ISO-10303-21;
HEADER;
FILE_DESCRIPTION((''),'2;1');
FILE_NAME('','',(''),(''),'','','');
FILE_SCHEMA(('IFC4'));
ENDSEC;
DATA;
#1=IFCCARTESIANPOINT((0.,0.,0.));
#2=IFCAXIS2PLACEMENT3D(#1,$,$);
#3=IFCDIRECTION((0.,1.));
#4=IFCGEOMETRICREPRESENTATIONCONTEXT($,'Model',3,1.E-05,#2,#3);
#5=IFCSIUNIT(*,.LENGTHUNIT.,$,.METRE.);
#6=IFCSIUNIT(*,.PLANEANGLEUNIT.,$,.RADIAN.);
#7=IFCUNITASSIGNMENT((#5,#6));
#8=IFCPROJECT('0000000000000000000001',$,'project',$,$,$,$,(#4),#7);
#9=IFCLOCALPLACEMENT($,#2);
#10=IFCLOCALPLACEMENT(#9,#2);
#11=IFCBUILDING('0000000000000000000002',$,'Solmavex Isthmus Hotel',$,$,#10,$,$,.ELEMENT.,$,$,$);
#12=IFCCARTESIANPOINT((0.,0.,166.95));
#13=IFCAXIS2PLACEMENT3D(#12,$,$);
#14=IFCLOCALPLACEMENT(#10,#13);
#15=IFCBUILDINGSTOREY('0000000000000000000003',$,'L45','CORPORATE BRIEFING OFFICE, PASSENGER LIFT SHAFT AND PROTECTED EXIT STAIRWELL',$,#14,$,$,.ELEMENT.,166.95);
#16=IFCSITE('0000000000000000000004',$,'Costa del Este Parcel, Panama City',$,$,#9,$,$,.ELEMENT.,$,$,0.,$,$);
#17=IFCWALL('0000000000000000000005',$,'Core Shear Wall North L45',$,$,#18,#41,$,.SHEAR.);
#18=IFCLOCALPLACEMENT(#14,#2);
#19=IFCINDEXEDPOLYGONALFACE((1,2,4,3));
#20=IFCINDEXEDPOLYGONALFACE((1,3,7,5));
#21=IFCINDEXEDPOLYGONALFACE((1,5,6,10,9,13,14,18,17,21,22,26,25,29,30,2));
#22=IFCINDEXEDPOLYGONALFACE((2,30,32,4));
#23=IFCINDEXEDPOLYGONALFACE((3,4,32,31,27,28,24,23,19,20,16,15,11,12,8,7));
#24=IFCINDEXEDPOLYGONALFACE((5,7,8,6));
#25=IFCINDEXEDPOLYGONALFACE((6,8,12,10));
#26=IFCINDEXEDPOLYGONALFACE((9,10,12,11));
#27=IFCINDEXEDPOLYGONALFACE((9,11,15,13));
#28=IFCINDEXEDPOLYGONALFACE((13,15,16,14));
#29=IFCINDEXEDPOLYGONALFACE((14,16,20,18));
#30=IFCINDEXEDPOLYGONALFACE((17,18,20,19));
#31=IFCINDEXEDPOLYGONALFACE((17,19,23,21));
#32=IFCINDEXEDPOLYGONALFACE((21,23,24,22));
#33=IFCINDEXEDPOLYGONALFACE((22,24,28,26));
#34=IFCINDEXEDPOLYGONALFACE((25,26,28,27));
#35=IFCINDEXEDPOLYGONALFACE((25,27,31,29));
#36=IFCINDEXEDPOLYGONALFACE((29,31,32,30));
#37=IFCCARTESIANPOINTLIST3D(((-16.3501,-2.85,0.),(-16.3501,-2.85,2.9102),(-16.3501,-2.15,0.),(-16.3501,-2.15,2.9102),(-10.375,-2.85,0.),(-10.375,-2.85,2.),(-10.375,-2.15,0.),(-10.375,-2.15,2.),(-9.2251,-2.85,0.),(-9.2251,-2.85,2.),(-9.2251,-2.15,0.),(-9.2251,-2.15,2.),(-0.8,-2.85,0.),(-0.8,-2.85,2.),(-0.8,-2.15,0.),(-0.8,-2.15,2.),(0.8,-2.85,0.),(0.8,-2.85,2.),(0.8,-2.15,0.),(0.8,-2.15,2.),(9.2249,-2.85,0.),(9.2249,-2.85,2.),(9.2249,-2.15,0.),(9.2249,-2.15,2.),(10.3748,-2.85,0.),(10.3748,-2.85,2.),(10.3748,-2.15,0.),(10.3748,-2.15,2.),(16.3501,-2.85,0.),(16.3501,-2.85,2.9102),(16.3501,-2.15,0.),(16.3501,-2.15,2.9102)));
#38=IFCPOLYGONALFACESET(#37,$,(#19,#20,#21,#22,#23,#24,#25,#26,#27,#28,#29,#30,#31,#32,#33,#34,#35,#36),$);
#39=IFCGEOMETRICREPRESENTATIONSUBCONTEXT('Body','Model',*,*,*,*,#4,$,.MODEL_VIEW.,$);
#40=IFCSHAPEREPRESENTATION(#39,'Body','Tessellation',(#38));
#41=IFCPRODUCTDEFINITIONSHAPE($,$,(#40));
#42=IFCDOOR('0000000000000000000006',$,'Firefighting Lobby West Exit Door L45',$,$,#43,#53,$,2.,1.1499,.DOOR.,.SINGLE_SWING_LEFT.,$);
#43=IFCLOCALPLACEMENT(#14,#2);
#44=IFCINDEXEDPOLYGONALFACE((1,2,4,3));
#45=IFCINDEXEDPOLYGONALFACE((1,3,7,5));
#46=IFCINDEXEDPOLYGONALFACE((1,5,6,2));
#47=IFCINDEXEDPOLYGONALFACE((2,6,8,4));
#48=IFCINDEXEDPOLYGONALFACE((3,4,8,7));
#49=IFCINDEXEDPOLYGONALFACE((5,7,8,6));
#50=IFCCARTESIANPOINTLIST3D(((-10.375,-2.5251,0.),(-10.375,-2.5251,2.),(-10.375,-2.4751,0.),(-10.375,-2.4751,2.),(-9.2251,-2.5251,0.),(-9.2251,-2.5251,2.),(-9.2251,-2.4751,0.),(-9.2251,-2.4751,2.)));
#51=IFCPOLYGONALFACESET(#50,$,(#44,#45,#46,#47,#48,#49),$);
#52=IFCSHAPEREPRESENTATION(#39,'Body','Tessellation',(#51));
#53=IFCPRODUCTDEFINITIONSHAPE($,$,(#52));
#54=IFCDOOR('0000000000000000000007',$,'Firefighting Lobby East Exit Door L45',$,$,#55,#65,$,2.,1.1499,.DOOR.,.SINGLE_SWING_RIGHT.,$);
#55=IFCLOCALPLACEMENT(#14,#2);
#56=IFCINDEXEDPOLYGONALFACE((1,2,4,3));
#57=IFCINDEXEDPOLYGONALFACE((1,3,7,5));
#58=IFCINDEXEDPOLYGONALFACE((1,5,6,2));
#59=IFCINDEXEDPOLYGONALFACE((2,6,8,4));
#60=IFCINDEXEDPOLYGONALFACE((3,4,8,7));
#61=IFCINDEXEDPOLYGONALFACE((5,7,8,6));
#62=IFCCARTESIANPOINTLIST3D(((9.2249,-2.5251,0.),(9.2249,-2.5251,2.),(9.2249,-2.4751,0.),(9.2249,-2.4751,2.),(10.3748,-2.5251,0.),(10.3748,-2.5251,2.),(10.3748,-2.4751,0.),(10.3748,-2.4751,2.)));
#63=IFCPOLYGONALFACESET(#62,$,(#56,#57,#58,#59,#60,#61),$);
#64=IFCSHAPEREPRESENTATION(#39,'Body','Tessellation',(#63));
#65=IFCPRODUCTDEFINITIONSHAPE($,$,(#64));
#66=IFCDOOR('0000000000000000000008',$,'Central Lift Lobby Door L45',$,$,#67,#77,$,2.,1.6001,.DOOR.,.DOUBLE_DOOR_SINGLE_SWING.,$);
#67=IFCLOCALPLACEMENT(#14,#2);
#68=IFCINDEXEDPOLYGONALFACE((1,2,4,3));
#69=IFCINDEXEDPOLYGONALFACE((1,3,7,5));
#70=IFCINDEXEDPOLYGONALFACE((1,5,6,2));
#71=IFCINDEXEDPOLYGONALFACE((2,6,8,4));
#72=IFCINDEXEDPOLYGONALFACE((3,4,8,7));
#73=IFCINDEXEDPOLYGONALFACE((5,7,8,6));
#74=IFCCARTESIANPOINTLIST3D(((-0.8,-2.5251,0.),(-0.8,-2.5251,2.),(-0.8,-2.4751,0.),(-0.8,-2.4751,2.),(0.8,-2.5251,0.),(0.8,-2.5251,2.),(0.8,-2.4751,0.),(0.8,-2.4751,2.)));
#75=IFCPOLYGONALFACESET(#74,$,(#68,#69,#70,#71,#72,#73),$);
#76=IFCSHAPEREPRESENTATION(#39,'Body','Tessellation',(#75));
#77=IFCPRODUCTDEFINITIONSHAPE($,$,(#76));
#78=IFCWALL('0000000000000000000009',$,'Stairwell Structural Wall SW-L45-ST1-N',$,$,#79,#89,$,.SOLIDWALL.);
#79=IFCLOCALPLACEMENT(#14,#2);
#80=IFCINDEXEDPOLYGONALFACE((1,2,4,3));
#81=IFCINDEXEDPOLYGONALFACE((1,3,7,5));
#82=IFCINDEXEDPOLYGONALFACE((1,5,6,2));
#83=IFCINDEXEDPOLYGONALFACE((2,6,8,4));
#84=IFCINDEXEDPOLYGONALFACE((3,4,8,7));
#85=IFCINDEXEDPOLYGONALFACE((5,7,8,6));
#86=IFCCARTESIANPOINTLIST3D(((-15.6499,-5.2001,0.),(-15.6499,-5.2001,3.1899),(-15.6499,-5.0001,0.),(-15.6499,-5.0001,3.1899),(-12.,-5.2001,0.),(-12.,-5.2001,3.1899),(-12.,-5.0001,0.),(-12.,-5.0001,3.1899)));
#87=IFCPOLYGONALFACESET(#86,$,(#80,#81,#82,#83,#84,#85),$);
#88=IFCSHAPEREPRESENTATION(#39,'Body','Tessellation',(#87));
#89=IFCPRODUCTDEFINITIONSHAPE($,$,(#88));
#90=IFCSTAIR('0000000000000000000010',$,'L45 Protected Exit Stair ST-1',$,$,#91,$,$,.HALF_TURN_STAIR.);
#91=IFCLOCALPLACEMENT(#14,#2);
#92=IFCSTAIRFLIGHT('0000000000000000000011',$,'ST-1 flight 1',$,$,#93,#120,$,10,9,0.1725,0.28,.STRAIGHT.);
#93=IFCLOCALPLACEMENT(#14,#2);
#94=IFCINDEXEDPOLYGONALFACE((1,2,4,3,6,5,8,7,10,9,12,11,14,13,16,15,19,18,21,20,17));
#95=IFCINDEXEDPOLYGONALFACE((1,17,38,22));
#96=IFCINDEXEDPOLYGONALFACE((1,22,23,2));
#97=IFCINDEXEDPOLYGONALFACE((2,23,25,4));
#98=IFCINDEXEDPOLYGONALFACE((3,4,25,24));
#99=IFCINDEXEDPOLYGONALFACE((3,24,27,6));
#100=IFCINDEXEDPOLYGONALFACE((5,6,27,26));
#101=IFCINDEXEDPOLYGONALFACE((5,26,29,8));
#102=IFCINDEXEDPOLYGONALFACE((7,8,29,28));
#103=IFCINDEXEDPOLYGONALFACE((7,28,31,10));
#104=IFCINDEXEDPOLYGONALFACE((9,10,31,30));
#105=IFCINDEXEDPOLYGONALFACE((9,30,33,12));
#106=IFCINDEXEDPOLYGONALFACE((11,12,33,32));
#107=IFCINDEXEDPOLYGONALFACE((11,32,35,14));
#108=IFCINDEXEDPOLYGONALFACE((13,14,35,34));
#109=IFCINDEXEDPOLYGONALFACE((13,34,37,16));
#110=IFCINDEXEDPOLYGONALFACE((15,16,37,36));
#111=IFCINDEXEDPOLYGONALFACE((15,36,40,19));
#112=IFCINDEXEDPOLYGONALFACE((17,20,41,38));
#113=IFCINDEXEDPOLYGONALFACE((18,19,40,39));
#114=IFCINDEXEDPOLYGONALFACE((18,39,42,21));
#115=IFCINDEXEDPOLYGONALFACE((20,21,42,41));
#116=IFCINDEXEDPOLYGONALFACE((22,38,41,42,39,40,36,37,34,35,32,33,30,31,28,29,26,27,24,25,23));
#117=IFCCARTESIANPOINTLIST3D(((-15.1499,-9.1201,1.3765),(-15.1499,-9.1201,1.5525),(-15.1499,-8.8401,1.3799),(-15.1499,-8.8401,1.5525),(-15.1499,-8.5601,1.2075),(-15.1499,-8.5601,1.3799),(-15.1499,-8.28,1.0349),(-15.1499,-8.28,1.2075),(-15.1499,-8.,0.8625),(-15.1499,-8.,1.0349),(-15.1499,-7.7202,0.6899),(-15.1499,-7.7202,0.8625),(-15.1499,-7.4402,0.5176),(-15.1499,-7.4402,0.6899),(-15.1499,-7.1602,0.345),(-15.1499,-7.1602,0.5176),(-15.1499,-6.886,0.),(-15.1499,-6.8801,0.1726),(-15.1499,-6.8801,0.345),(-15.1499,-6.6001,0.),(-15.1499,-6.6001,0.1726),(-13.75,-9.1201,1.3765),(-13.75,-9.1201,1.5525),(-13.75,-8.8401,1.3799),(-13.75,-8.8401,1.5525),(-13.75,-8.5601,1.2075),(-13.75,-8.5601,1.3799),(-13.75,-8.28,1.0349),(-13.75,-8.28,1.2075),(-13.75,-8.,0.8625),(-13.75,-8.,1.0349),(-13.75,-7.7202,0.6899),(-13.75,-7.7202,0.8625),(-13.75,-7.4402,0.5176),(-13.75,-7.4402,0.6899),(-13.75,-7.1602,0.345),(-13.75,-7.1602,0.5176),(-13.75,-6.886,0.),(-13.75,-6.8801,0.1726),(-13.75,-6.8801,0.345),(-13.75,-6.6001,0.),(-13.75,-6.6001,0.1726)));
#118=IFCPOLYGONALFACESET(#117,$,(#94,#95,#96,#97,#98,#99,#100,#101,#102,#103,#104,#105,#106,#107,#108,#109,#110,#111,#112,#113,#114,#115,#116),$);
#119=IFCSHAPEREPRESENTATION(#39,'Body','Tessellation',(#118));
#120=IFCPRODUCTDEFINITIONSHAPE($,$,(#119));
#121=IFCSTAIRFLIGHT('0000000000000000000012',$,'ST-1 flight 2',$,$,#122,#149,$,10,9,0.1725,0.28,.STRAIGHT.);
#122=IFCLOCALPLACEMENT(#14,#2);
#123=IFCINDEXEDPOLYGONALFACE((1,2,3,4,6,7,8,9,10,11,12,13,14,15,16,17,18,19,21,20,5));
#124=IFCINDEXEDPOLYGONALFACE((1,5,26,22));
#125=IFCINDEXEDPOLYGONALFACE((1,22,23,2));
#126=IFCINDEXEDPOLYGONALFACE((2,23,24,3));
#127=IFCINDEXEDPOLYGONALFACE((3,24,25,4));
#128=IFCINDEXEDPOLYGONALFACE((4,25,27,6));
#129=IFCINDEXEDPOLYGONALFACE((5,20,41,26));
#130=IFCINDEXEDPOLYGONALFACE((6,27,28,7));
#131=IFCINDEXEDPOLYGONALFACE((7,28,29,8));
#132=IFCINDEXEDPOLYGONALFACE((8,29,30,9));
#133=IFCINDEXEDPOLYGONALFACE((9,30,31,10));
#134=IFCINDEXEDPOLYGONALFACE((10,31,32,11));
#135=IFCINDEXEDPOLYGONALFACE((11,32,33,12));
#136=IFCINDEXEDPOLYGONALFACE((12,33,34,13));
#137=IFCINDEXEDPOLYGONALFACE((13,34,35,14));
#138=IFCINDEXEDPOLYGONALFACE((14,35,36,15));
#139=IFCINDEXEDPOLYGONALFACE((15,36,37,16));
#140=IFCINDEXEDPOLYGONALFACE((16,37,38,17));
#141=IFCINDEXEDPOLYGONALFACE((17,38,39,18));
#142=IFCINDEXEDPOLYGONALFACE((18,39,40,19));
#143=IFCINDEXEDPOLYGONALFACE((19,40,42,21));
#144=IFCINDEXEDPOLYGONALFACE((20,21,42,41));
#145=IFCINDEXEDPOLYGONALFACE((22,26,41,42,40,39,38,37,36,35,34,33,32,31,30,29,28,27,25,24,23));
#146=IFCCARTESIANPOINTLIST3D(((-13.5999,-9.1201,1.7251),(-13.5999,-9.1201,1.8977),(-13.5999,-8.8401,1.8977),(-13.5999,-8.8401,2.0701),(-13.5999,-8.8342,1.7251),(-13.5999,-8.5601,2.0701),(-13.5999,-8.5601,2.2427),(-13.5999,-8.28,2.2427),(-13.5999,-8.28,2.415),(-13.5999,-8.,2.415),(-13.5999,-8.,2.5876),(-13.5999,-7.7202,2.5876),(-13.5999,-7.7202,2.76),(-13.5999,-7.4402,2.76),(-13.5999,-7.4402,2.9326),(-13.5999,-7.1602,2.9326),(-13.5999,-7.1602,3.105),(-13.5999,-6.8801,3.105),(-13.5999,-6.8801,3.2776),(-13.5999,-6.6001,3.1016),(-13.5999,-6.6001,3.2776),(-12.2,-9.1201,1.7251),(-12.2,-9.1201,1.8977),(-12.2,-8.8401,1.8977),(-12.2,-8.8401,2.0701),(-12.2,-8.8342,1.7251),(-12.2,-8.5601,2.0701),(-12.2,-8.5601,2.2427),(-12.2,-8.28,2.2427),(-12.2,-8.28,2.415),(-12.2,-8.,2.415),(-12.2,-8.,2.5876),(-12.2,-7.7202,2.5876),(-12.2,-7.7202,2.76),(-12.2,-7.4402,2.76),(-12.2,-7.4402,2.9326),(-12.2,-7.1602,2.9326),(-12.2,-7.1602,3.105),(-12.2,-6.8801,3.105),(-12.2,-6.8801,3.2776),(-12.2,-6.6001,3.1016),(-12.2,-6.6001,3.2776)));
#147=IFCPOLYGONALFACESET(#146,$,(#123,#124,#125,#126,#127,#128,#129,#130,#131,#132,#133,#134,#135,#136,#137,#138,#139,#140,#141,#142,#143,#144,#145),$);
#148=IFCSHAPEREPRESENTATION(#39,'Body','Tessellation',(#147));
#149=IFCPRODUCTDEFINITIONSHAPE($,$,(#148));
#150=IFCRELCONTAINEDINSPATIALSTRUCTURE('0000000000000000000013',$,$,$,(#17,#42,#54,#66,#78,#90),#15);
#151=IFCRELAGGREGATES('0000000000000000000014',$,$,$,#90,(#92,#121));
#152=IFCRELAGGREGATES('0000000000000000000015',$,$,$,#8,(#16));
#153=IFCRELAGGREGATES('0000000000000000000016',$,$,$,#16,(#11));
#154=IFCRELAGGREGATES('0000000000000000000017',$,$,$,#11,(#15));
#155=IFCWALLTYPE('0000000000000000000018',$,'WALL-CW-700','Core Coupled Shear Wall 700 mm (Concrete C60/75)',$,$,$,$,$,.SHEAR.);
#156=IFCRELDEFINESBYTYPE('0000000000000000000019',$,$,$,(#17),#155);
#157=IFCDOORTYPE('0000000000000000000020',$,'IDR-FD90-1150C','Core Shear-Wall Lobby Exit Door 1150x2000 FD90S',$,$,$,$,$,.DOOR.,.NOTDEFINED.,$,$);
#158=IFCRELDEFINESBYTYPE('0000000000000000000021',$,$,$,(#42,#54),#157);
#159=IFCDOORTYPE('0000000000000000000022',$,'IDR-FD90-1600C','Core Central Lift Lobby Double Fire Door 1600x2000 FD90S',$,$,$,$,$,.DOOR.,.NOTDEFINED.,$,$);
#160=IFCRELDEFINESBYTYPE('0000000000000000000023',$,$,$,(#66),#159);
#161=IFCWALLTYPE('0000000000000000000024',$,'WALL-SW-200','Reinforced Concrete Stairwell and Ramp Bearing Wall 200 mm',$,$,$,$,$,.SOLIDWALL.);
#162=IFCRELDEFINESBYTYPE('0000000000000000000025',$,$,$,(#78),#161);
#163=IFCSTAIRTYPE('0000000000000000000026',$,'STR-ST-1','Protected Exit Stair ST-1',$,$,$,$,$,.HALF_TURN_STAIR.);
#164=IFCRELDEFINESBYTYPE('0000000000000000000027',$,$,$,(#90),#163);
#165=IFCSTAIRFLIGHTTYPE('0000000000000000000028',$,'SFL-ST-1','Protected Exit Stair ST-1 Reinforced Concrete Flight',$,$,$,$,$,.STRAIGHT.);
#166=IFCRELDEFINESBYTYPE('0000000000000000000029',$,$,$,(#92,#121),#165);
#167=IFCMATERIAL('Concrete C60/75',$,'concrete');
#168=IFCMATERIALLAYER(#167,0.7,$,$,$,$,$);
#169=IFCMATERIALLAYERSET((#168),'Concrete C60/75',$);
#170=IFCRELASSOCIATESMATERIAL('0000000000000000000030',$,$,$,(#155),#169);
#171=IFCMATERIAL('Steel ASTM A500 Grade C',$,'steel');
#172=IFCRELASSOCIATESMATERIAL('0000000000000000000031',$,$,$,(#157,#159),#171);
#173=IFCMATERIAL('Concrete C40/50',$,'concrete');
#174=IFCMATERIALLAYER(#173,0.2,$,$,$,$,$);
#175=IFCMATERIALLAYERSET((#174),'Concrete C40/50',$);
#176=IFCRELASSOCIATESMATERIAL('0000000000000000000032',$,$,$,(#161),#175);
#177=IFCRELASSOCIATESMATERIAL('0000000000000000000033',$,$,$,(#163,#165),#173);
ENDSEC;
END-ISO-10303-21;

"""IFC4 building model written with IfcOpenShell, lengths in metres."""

from ifc_helpers import new_model, si_unit, direction, frame, frame_2d, origin, place, context, subcontext, project, spatial, polyline, rectangle, outline, extrude, material, layer, layer_set, type_object, element, fill, aggregate, save


model = new_model("IFC4")

# Units and contexts
model_context = context("Model", 3, precision=1e-05, world=origin(), true_north=direction((0.0, 1.0)))
body_context = subcontext(model_context, "Body", "Model", "MODEL_VIEW")
ifc_project = project(units=[si_unit("LENGTHUNIT", "METRE"), si_unit("PLANEANGLEUNIT", "RADIAN")], contexts=[model_context])

# Site, building, storey
site_placement = place(None, origin())
site = spatial("IfcSite", under=ifc_project, at=site_placement, Name="Costa del Este Parcel, Panama City", CompositionType="ELEMENT", RefElevation=0.0)
building_placement = place(site_placement, origin())
building = spatial("IfcBuilding", under=site, at=building_placement, Name="Solmavex Isthmus Hotel", CompositionType="ELEMENT")
storey_placement = place(building_placement, frame((0.0, 0.0, 166.95)))
storey = spatial("IfcBuildingStorey", under=building, at=storey_placement, Name="L45", Description="CORPORATE BRIEFING OFFICE, PASSENGER LIFT SHAFT AND PROTECTED EXIT STAIRWELL", CompositionType="ELEMENT", Elevation=166.95)

# Shared definitions
ifc_material_1 = material(Name="Concrete C60/75", Category="concrete")

# Wall, openings, doors
ifc_layer_1 = layer(ifc_material_1, 0.7)
ifc_layer_set_1 = layer_set([ifc_layer_1], Name="Concrete C60/75")
wall_type_1 = type_object("IfcWallType", Name="WALL-CW-700", Description="Core Coupled Shear Wall 700 mm (Concrete C60/75)", PredefinedType="SHEAR", material=ifc_layer_set_1)
wall_1_placement = place(storey_placement, frame((-16.3501, -2.5, 0.0), z_axis=(0.0, 0.0, 1.0), x_axis=(1.0, 0.0, 0.0)))
wall_1 = element("IfcWall", 1, at=wall_1_placement, inside=storey, type_object=wall_type_1, Name="Core Shear Wall North L45", PredefinedType="SHEAR", context=body_context, shape_type="SweptSolid", body=[
    extrude(rectangle(XDim=32.7002, YDim=0.7, at=frame_2d((16.3501, 0.0))), origin(), (0.0, 0.0, 1.0), 2.9102),
])
opening_1_placement = place(wall_1_placement, frame((5.9751, 0.0, 0.0)))
opening_1 = element("IfcOpeningElement", 2, at=opening_1_placement, cuts=wall_1, PredefinedType="OPENING", context=body_context, shape_type="SweptSolid", body=[
    extrude(rectangle(XDim=1.1499, YDim=2.0, at=frame_2d((0.575, 1.0))), frame((0.0, 0.3599, 0.0), z_axis=(0.0, -1.0, 0.0), x_axis=(1.0, 0.0, 0.0)), (0.0, 0.0, 1.0), 0.72),
])
opening_2_placement = place(wall_1_placement, frame((15.55, 0.0, 0.0)))
opening_2 = element("IfcOpeningElement", 3, at=opening_2_placement, cuts=wall_1, PredefinedType="OPENING", context=body_context, shape_type="SweptSolid", body=[
    extrude(rectangle(XDim=1.6001, YDim=2.0, at=frame_2d((0.8, 1.0))), frame((0.0, 0.3599, 0.0), z_axis=(0.0, -1.0, 0.0), x_axis=(1.0, 0.0, 0.0)), (0.0, 0.0, 1.0), 0.72),
])
opening_3_placement = place(wall_1_placement, frame((25.575, 0.0, 0.0)))
opening_3 = element("IfcOpeningElement", 4, at=opening_3_placement, cuts=wall_1, PredefinedType="OPENING", context=body_context, shape_type="SweptSolid", body=[
    extrude(rectangle(XDim=1.1499, YDim=2.0, at=frame_2d((0.575, 1.0))), frame((0.0, 0.3599, 0.0), z_axis=(0.0, -1.0, 0.0), x_axis=(1.0, 0.0, 0.0)), (0.0, 0.0, 1.0), 0.72),
])
ifc_material_2 = material(Name="Steel ASTM A500 Grade C", Category="steel")
door_type_1 = type_object("IfcDoorType", Name="IDR-FD90-1150C", Description="Core Shear-Wall Lobby Exit Door 1150x2000 FD90S", OperationType="NOTDEFINED", PredefinedType="DOOR", material=ifc_material_2)
door_1_placement = place(opening_1_placement, origin())
door_1 = element("IfcDoor", 5, at=door_1_placement, inside=storey, type_object=door_type_1, Name="Firefighting Lobby West Exit Door L45", OperationType="SINGLE_SWING_LEFT", OverallHeight=2.0, OverallWidth=1.1499, PredefinedType="DOOR", context=body_context, shape_type="SweptSolid", body=[
    extrude(rectangle(XDim=1.1499, YDim=2.0, at=frame_2d((0.575, 1.0))), frame((0.0, 0.0249, 0.0), z_axis=(0.0, -1.0, 0.0), x_axis=(1.0, 0.0, 0.0)), (0.0, 0.0, 1.0), 0.05),
])
fill(opening_1, door_1)
door_2_placement = place(opening_3_placement, origin())
door_2 = element("IfcDoor", 6, at=door_2_placement, inside=storey, type_object=door_type_1, Name="Firefighting Lobby East Exit Door L45", OperationType="SINGLE_SWING_RIGHT", OverallHeight=2.0, OverallWidth=1.1499, PredefinedType="DOOR", context=body_context, shape_type="SweptSolid", body=[
    extrude(rectangle(XDim=1.1499, YDim=2.0, at=frame_2d((0.575, 1.0))), frame((0.0, 0.0249, 0.0), z_axis=(0.0, -1.0, 0.0), x_axis=(1.0, 0.0, 0.0)), (0.0, 0.0, 1.0), 0.05),
])
fill(opening_3, door_2)
door_type_2 = type_object("IfcDoorType", Name="IDR-FD90-1600C", Description="Core Central Lift Lobby Double Fire Door 1600x2000 FD90S", OperationType="NOTDEFINED", PredefinedType="DOOR", material=ifc_material_2)
door_3_placement = place(opening_2_placement, origin())
door_3 = element("IfcDoor", 7, at=door_3_placement, inside=storey, type_object=door_type_2, Name="Central Lift Lobby Door L45", OperationType="DOUBLE_DOOR_SINGLE_SWING", OverallHeight=2.0, OverallWidth=1.6001, PredefinedType="DOOR", context=body_context, shape_type="SweptSolid", body=[
    extrude(rectangle(XDim=1.6001, YDim=2.0, at=frame_2d((0.8, 1.0))), frame((0.0, 0.0249, 0.0), z_axis=(0.0, -1.0, 0.0), x_axis=(1.0, 0.0, 0.0)), (0.0, 0.0, 1.0), 0.05),
])
fill(opening_2, door_3)

# Wall
ifc_material_3 = material(Name="Concrete C40/50", Category="concrete")
ifc_layer_2 = layer(ifc_material_3, 0.2)
ifc_layer_set_2 = layer_set([ifc_layer_2], Name="Concrete C40/50")
wall_type_2 = type_object("IfcWallType", Name="WALL-SW-200", Description="Reinforced Concrete Stairwell and Ramp Bearing Wall 200 mm", PredefinedType="SOLIDWALL", material=ifc_layer_set_2)
wall_2_placement = place(storey_placement, frame((-15.6499, -5.1001, 0.0), z_axis=(0.0, 0.0, 1.0), x_axis=(1.0, 0.0, 0.0)))
element("IfcWall", 8, at=wall_2_placement, inside=storey, type_object=wall_type_2, Name="Stairwell Structural Wall SW-L45-ST1-N", PredefinedType="SOLIDWALL", context=body_context, shape_type="SweptSolid", body=[
    extrude(rectangle(XDim=3.6499, YDim=0.2, at=frame_2d((1.825, 0.0))), origin(), (0.0, 0.0, 1.0), 3.1899),
])

# Stair, stair flights
stair_type = type_object("IfcStairType", Name="STR-ST-1", Description="Protected Exit Stair ST-1", PredefinedType="HALF_TURN_STAIR", material=ifc_material_3)
stair_placement = place(storey_placement, origin())
stair = element("IfcStair", 9, at=stair_placement, inside=storey, type_object=stair_type, Name="L45 Protected Exit Stair ST-1", PredefinedType="HALF_TURN_STAIR")
stair_flight_type = type_object("IfcStairFlightType", Name="SFL-ST-1", Description="Protected Exit Stair ST-1 Reinforced Concrete Flight", PredefinedType="STRAIGHT", material=ifc_material_3)
stair_flight_1_placement = place(storey_placement, frame((-14.45, -6.6001, 0.0), z_axis=(0.0, 0.0, 1.0), x_axis=(0.0, -1.0, 0.0)))
stair_flight_1 = element("IfcStairFlight", 10, at=stair_flight_1_placement, type_object=stair_flight_type, Name="ST-1 flight 1", NumberOfRisers=10, NumberOfTreads=9, PredefinedType="STRAIGHT", RiserHeight=0.1725, TreadLength=0.28, context=body_context, shape_type="SweptSolid", body=[
    extrude(outline(polyline([(0.0, 0.0), (0.0, 0.1726), (0.28, 0.1726), (0.28, 0.345), (0.5601, 0.345), (0.5601, 0.5176), (0.8401, 0.5176), (0.8401, 0.6899), (1.1201, 0.6899), (1.1201, 0.8625), (1.3999, 0.8625), (1.3999, 1.0349), (1.6799, 1.0349), (1.6799, 1.2075), (1.96, 1.2075), (1.96, 1.3799), (2.24, 1.3799), (2.24, 1.5525), (2.52, 1.5525), (2.52, 1.7251), (2.52, 1.3765), (0.2859, 0.0), (0.0, 0.0)])), frame((0.0, 0.7, 0.0), z_axis=(0.0, -1.0, 0.0), x_axis=(1.0, 0.0, 0.0)), (0.0, 0.0, 1.0), 1.3999),
])
stair_flight_2_placement = place(storey_placement, frame((-12.8999, -9.1201, 1.7251), z_axis=(0.0, 0.0, 1.0), x_axis=(0.0, 1.0, 0.0)))
stair_flight_2 = element("IfcStairFlight", 11, at=stair_flight_2_placement, type_object=stair_flight_type, Name="ST-1 flight 2", NumberOfRisers=10, NumberOfTreads=9, PredefinedType="STRAIGHT", RiserHeight=0.1725, TreadLength=0.28, context=body_context, shape_type="SweptSolid", body=[
    extrude(outline(polyline([(0.0, 0.0), (0.0, 0.1726), (0.28, 0.1726), (0.28, 0.345), (0.5601, 0.345), (0.5601, 0.5176), (0.8401, 0.5176), (0.8401, 0.6899), (1.1201, 0.6899), (1.1201, 0.8625), (1.3999, 0.8625), (1.3999, 1.0349), (1.6799, 1.0349), (1.6799, 1.2075), (1.96, 1.2075), (1.96, 1.3799), (2.24, 1.3799), (2.24, 1.5525), (2.52, 1.5525), (2.52, 1.7251), (2.52, 1.3765), (0.2859, 0.0), (0.0, 0.0)])), frame((0.0, 0.7, 0.0), z_axis=(0.0, -1.0, 0.0), x_axis=(1.0, 0.0, 0.0)), (0.0, 0.0, 1.0), 1.3999),
])
aggregate(stair, [stair_flight_1, stair_flight_2])

save(model, "model.ifc")
